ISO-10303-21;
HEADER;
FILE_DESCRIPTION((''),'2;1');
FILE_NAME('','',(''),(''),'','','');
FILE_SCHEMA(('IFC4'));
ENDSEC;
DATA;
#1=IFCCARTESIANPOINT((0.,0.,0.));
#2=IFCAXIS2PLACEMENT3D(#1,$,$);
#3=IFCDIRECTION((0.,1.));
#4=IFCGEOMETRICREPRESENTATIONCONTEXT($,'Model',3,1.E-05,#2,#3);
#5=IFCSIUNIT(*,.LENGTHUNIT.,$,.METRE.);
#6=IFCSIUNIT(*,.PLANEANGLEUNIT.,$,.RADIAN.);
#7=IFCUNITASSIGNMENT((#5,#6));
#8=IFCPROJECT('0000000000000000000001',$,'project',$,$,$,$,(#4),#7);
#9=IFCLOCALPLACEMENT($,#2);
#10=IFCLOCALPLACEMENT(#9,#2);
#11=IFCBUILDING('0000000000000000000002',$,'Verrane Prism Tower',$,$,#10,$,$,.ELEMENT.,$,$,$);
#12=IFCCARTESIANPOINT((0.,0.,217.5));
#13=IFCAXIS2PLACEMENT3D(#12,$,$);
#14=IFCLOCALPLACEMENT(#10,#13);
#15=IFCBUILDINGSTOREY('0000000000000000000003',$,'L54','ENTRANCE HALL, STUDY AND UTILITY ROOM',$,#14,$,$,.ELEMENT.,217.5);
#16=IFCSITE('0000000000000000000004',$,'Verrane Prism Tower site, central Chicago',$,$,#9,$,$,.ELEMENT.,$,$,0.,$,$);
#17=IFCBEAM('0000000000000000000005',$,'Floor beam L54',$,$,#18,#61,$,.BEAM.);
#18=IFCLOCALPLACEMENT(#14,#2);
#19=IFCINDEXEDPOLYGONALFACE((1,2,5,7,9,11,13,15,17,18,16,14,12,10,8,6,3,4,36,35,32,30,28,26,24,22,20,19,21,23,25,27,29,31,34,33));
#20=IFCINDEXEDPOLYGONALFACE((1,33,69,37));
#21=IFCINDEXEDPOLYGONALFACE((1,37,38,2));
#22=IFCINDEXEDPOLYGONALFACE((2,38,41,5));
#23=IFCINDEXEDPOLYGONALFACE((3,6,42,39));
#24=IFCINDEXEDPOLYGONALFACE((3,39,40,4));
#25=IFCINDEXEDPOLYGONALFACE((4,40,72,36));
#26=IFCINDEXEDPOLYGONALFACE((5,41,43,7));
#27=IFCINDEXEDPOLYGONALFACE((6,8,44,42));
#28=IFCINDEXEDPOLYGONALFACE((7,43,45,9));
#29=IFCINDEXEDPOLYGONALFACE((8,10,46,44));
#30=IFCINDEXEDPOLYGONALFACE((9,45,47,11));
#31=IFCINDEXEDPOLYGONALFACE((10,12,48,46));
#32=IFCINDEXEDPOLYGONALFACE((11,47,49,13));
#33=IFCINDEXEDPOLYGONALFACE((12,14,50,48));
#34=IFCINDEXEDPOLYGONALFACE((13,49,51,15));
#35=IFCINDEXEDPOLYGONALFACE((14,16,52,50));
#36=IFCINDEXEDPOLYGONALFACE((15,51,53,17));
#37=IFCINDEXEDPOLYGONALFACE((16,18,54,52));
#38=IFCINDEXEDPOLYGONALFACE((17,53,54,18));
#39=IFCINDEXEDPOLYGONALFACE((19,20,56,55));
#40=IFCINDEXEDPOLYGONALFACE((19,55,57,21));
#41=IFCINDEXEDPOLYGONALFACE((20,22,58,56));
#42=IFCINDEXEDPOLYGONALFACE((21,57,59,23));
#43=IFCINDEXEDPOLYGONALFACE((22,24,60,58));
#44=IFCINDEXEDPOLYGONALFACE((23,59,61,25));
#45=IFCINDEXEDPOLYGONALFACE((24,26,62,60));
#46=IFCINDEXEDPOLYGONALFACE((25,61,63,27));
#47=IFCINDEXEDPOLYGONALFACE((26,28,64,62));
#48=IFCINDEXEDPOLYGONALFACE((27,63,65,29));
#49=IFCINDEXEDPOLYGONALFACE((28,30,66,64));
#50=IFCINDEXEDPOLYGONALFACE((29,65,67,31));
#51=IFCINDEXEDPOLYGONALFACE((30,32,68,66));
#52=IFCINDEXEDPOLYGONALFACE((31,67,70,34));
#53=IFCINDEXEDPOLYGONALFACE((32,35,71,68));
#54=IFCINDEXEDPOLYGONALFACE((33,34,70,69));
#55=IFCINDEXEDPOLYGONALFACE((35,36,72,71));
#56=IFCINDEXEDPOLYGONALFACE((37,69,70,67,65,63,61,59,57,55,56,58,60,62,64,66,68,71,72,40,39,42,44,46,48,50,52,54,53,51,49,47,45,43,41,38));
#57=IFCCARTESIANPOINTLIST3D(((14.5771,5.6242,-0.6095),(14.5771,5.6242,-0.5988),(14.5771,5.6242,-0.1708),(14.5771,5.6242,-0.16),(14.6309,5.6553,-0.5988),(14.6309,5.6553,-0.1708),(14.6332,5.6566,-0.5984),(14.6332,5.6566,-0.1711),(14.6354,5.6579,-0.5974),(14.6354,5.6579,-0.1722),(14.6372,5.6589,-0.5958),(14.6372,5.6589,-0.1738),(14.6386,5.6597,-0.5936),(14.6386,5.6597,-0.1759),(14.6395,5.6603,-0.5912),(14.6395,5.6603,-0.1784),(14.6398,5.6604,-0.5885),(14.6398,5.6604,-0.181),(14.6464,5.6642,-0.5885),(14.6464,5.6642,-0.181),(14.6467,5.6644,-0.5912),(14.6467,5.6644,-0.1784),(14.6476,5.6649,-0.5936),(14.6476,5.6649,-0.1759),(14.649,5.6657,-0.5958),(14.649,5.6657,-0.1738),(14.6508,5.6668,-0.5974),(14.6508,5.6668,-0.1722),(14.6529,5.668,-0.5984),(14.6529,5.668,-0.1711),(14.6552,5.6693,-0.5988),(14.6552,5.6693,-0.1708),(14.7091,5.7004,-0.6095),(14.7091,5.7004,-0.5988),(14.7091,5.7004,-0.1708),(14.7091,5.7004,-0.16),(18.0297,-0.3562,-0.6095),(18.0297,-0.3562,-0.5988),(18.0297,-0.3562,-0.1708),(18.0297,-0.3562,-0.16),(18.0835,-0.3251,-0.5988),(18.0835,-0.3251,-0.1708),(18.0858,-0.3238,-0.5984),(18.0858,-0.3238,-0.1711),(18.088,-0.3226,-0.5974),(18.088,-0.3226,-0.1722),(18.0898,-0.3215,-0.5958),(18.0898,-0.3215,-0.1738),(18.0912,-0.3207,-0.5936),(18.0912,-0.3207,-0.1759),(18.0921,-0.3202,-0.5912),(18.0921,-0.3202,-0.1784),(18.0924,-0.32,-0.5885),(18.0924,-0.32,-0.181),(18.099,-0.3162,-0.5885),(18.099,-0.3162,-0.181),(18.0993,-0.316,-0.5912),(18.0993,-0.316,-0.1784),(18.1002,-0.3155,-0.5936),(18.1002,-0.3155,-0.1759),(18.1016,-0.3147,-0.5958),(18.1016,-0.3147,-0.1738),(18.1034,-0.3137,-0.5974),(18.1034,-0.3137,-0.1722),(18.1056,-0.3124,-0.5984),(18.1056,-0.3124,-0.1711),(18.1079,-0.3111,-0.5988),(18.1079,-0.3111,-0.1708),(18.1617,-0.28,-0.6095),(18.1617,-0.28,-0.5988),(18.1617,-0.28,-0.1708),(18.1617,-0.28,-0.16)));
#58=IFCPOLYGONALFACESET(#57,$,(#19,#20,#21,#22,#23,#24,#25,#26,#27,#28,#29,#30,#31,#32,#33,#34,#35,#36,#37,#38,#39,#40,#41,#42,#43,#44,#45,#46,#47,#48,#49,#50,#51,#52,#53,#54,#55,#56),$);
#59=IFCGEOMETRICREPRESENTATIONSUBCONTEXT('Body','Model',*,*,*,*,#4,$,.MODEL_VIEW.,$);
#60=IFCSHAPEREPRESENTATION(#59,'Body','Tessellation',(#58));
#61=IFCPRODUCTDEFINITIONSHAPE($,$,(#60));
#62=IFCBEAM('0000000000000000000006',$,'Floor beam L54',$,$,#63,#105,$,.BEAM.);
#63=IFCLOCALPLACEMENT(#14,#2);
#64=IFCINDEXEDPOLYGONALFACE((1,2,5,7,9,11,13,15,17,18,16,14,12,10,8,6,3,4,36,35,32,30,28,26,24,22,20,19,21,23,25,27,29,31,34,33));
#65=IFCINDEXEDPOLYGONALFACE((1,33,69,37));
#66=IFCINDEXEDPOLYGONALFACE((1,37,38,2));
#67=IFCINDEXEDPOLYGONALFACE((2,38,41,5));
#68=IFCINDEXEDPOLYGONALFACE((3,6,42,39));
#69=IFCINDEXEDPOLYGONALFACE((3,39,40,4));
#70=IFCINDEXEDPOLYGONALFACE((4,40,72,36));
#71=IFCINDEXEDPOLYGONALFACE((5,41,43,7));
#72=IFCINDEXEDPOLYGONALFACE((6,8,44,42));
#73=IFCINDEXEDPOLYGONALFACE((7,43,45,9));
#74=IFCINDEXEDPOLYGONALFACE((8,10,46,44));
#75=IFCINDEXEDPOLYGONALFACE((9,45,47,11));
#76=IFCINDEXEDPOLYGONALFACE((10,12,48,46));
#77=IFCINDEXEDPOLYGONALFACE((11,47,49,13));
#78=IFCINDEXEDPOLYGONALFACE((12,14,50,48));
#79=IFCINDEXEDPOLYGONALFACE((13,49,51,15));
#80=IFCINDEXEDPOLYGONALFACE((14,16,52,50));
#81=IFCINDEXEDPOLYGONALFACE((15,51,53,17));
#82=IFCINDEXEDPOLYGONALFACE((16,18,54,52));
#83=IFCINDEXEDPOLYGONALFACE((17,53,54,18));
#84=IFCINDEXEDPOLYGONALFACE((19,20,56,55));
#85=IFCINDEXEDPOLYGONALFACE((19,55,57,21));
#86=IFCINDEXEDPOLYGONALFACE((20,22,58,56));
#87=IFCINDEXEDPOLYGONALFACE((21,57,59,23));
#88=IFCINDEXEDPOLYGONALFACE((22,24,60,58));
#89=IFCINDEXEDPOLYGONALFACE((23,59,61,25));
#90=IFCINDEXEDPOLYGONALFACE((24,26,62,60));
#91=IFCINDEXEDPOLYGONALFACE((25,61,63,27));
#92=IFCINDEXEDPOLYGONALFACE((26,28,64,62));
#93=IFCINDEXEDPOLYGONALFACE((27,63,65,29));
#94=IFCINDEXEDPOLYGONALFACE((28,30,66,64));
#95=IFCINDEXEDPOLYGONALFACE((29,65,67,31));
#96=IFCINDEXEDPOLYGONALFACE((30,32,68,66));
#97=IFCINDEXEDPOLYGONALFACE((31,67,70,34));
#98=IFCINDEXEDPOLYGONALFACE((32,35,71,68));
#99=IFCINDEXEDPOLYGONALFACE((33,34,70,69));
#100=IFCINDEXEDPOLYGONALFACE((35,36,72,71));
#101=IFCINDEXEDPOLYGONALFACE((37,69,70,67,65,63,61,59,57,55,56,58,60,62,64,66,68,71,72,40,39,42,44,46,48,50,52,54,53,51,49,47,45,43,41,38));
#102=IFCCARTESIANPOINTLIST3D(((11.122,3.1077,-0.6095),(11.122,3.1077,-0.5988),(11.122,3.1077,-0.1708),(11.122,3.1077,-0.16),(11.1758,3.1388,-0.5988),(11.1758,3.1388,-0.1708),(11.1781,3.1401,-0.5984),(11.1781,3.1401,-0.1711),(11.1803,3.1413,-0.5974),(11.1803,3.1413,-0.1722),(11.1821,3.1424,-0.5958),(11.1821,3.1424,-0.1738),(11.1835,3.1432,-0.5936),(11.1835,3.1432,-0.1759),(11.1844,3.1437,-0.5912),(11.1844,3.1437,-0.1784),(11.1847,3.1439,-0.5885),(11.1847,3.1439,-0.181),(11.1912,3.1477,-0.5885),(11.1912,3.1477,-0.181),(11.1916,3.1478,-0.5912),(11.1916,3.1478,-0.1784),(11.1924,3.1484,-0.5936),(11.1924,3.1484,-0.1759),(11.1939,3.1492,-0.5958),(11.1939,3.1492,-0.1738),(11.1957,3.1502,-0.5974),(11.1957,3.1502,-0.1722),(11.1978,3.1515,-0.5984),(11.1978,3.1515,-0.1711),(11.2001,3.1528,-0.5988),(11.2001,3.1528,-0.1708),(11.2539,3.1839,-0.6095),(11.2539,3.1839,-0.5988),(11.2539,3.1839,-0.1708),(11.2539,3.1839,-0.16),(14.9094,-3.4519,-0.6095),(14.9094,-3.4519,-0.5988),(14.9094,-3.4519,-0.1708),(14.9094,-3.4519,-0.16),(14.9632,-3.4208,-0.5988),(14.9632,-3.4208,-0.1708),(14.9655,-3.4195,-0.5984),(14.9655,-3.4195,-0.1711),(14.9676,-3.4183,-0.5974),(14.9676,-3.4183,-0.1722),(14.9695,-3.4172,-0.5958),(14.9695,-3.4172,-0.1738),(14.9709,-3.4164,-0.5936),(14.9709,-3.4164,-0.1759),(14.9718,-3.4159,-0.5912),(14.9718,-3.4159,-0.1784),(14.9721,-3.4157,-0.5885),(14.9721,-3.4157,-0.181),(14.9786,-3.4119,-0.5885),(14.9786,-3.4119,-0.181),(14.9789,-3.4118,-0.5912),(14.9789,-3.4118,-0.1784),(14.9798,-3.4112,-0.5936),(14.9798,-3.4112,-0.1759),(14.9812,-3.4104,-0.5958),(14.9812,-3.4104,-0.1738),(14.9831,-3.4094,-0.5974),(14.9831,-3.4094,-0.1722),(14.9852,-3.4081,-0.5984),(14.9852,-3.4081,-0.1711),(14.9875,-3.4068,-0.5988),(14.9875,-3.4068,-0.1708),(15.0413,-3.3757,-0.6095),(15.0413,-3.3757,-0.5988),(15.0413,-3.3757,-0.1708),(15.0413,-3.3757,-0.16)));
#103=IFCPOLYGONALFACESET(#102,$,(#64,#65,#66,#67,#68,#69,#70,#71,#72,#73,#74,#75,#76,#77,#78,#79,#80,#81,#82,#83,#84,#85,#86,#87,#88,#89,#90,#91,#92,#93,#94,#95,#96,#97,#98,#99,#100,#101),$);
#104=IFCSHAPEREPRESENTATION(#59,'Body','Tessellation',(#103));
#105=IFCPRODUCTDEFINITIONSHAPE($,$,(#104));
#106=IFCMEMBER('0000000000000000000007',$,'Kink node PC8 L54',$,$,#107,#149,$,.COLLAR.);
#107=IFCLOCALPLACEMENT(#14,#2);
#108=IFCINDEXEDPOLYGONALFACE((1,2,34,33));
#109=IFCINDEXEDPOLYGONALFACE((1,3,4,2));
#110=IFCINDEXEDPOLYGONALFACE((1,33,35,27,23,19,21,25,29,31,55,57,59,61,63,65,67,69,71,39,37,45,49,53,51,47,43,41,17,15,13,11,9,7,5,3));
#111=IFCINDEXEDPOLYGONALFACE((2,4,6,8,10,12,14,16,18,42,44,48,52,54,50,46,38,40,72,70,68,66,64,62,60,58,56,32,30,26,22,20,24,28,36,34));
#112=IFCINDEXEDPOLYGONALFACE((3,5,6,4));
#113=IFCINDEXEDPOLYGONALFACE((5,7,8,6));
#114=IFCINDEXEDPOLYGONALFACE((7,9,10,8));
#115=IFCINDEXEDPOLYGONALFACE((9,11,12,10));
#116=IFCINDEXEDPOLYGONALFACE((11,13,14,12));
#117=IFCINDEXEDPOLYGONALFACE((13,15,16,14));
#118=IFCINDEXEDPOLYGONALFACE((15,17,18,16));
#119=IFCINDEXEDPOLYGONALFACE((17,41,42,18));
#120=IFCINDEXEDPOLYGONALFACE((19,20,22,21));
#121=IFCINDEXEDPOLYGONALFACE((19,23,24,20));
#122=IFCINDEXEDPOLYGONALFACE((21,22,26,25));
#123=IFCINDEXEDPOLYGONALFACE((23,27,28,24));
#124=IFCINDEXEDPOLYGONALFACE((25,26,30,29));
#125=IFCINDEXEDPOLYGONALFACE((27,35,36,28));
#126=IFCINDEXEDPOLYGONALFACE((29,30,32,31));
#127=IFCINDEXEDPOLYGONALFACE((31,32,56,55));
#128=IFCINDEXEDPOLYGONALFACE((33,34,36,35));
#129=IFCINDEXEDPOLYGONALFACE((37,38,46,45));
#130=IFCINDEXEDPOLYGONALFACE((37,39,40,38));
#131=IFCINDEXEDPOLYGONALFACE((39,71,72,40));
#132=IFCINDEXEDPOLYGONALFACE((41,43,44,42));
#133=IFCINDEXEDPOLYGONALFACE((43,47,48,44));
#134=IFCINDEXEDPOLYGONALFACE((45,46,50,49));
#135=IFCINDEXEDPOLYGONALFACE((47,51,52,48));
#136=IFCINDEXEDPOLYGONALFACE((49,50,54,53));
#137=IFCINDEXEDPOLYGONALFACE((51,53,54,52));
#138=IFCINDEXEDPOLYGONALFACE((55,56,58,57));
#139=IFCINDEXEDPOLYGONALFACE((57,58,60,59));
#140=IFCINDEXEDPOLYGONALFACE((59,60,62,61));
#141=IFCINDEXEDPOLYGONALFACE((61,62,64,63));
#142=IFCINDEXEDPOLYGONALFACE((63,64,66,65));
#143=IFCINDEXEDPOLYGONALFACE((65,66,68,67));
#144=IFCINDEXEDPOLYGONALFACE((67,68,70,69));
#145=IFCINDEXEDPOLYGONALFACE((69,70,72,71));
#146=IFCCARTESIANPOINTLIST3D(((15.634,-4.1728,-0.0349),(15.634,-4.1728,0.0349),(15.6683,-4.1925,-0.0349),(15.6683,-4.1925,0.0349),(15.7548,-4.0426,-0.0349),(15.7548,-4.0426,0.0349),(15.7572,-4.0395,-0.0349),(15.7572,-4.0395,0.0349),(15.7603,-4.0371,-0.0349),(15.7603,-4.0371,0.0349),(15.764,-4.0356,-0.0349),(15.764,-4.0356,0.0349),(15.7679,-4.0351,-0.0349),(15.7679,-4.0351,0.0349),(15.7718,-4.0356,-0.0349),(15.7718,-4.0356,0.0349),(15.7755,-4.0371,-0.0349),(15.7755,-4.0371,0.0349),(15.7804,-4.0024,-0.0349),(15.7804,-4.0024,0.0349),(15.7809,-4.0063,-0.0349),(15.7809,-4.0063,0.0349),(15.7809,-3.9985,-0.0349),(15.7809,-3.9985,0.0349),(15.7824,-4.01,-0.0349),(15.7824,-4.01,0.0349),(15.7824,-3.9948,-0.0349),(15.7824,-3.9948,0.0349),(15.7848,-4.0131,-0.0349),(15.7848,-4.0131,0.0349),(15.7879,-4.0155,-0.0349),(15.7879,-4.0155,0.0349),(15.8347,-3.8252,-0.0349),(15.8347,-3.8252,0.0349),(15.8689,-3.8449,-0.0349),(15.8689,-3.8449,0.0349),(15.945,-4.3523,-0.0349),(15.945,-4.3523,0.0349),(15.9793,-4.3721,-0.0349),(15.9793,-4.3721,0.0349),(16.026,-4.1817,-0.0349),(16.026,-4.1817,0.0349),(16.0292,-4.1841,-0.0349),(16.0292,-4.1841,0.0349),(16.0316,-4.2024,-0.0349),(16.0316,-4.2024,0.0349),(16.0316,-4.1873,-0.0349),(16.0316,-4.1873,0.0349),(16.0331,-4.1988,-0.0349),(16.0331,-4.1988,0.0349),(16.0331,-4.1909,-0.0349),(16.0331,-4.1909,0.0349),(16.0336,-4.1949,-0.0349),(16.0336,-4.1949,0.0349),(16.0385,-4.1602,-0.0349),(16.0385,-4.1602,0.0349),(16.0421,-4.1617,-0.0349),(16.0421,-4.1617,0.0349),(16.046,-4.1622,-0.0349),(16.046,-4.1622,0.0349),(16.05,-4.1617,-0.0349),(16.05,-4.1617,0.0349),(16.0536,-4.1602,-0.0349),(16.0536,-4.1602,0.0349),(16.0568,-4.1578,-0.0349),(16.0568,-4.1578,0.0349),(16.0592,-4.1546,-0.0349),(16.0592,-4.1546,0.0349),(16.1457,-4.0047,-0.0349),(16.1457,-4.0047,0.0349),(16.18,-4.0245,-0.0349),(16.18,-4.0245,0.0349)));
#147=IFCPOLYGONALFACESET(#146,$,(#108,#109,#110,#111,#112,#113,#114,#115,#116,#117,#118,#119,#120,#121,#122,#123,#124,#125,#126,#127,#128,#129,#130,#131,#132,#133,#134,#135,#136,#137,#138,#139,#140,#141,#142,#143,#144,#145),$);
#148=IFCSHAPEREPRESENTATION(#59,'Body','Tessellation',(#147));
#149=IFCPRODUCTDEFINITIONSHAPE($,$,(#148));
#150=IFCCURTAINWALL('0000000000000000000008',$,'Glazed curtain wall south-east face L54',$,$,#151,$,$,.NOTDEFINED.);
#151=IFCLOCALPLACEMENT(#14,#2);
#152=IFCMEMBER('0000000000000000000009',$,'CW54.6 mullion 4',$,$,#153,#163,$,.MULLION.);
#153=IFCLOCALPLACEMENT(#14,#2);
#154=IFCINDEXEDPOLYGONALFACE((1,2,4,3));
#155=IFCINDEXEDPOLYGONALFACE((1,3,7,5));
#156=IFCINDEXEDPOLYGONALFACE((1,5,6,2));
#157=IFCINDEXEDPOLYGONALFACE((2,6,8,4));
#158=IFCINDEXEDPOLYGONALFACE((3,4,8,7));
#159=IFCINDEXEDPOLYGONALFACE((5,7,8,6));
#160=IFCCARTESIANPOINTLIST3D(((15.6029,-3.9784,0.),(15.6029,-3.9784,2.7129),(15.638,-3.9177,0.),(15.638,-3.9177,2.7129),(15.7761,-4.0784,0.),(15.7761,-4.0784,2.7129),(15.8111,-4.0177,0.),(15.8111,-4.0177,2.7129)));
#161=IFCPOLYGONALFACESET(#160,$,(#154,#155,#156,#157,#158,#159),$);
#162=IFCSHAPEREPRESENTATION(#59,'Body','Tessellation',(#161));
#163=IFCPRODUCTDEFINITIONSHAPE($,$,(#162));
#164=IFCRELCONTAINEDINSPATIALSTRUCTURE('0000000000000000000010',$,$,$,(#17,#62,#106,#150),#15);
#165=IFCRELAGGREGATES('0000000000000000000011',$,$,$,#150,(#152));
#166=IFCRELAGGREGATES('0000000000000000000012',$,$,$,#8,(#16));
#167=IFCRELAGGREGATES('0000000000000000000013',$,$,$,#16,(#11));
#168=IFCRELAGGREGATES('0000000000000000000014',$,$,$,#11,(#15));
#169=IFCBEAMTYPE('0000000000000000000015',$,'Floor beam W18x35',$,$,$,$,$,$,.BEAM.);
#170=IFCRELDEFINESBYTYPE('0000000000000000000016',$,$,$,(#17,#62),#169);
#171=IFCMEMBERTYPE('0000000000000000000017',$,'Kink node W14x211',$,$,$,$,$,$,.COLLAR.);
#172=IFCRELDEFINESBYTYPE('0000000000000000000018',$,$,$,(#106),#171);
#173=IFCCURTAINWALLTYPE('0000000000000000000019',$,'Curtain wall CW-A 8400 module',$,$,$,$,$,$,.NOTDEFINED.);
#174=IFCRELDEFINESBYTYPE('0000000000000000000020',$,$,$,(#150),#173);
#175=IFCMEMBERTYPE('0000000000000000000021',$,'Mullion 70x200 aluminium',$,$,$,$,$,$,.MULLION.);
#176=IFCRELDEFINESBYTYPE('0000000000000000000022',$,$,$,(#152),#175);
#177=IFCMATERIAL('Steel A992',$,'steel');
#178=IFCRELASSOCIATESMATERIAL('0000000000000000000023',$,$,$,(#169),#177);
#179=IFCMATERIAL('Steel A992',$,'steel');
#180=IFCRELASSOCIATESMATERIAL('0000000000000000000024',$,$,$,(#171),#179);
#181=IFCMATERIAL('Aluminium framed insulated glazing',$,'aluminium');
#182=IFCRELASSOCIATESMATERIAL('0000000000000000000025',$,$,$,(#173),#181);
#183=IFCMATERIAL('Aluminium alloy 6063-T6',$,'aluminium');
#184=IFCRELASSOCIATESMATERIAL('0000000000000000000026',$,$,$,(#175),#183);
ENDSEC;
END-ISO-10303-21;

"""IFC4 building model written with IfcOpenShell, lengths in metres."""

from ifc_helpers import new_model, si_unit, direction, frame, origin, origin_2d, place, context, subcontext, project, spatial, rectangle, i_section, extrude, material, material_profile, profile_set, type_object, element, aggregate, save


model = new_model("IFC4")

# Units and contexts
model_context = context("Model", 3, precision=1e-05, world=origin(), true_north=direction((0.0, 1.0)))
body_context = subcontext(model_context, "Body", "Model", "MODEL_VIEW")
ifc_project = project(units=[si_unit("LENGTHUNIT", "METRE"), si_unit("PLANEANGLEUNIT", "RADIAN")], contexts=[model_context])

# Site, building, storey
site_placement = place(None, origin())
site = spatial("IfcSite", under=ifc_project, at=site_placement, Name="Verrane Prism Tower site, central Chicago", CompositionType="ELEMENT", RefElevation=0.0)
building_placement = place(site_placement, origin())
building = spatial("IfcBuilding", under=site, at=building_placement, Name="Verrane Prism Tower", CompositionType="ELEMENT")
storey_placement = place(building_placement, frame((0.0, 0.0, 217.5)))
storey = spatial("IfcBuildingStorey", under=building, at=storey_placement, Name="L54", Description="ENTRANCE HALL, STUDY AND UTILITY ROOM", CompositionType="ELEMENT", Elevation=217.5)

# Beams
ifc_material_1 = material(Name="Steel A992", Category="steel")
ifc_material_profile_1 = material_profile(ifc_material_1, i_section(OverallWidth=0.1523, OverallDepth=0.4495, WebThickness=0.0076, FlangeThickness=0.0107, FilletRadius=0.0103, at=origin_2d()), Name="W18x35")
ifc_profile_set_1 = profile_set([ifc_material_profile_1], Name="Steel A992")
beam_type_1 = type_object("IfcBeamType", Name="Floor beam W18x35", PredefinedType="BEAM", material=ifc_profile_set_1)
beam_1_placement = place(storey_placement, frame((18.0957, -0.3181, -0.3848), z_axis=(-0.49998, 0.866037, 0.0), x_axis=(-0.866037, -0.49998, 0.0)))
element("IfcBeam", 1, at=beam_1_placement, inside=storey, type_object=beam_type_1, Name="Floor beam L54", PredefinedType="BEAM", context=body_context, shape_type="SweptSolid", body=[
    extrude(i_section(OverallWidth=0.1523, OverallDepth=0.4495, WebThickness=0.0076, FlangeThickness=0.0107, FilletRadius=0.0103, at=origin_2d()), origin(), (0.0, 0.0, 1.0), 6.9055),
])
beam_2_placement = place(storey_placement, frame((14.9753, -3.4138, -0.3848), z_axis=(-0.500018, 0.866015, 0.0), x_axis=(-0.866015, -0.500018, 0.0)))
element("IfcBeam", 2, at=beam_2_placement, inside=storey, type_object=beam_type_1, Name="Floor beam L54", PredefinedType="BEAM", context=body_context, shape_type="SweptSolid", body=[
    extrude(i_section(OverallWidth=0.1523, OverallDepth=0.4495, WebThickness=0.0076, FlangeThickness=0.0107, FilletRadius=0.0103, at=origin_2d()), origin(), (0.0, 0.0, 1.0), 7.5745),
])

# Member
ifc_material_2 = material(Name="Steel A992", Category="steel")
ifc_material_profile_2 = material_profile(ifc_material_2, i_section(OverallWidth=0.4014, OverallDepth=0.3987, WebThickness=0.0249, FlangeThickness=0.0396, FilletRadius=0.0151, at=origin_2d()), Name="W14x211")
ifc_profile_set_2 = profile_set([ifc_material_profile_2], Name="Steel A992")
member_type_1 = type_object("IfcMemberType", Name="Kink node W14x211", PredefinedType="COLLAR", material=ifc_profile_set_2)
member_1_placement = place(storey_placement, frame((15.907, -4.0986, -0.0349), z_axis=(0.0, 0.0, 1.0), x_axis=(-0.5, -0.866025, 0.0)))
element("IfcMember", 3, at=member_1_placement, inside=storey, type_object=member_type_1, Name="Kink node PC8 L54", PredefinedType="COLLAR", context=body_context, shape_type="SweptSolid", body=[
    extrude(i_section(OverallWidth=0.4014, OverallDepth=0.3987, WebThickness=0.0249, FlangeThickness=0.0396, FilletRadius=0.0151, at=origin_2d()), origin(), (0.0, 0.0, 1.0), 0.0698),
])

# Curtain wall, member
ifc_material_3 = material(Name="Aluminium framed insulated glazing", Category="aluminium")
curtain_wall_type = type_object("IfcCurtainWallType", Name="Curtain wall CW-A 8400 module", PredefinedType="NOTDEFINED", material=ifc_material_3)
curtain_wall_placement = place(storey_placement, origin())
curtain_wall = element("IfcCurtainWall", 4, at=curtain_wall_placement, inside=storey, type_object=curtain_wall_type, Name="Glazed curtain wall south-east face L54", PredefinedType="NOTDEFINED")
ifc_material_4 = material(Name="Aluminium alloy 6063-T6", Category="aluminium")
ifc_material_profile_3 = material_profile(ifc_material_4, rectangle(XDim=0.2, YDim=0.0701, at=origin_2d()), Name="Mullion 70x200 aluminium")
ifc_profile_set_3 = profile_set([ifc_material_profile_3], Name="Aluminium alloy 6063-T6")
member_type_2 = type_object("IfcMemberType", Name="Mullion 70x200 aluminium", PredefinedType="MULLION", material=ifc_profile_set_3)
member_2_placement = place(storey_placement, frame((15.707, -3.998, 0.0), z_axis=(0.0, 0.0, 1.0), x_axis=(-0.866025, 0.500001, 0.0)))
member_2 = element("IfcMember", 5, at=member_2_placement, type_object=member_type_2, Name="CW54.6 mullion 4", PredefinedType="MULLION", context=body_context, shape_type="SweptSolid", body=[
    extrude(rectangle(XDim=0.2, YDim=0.0701, at=origin_2d()), origin(), (0.0, 0.0, 1.0), 2.7129),
])

aggregate(curtain_wall, [member_2])

save(model, "model.ifc")
